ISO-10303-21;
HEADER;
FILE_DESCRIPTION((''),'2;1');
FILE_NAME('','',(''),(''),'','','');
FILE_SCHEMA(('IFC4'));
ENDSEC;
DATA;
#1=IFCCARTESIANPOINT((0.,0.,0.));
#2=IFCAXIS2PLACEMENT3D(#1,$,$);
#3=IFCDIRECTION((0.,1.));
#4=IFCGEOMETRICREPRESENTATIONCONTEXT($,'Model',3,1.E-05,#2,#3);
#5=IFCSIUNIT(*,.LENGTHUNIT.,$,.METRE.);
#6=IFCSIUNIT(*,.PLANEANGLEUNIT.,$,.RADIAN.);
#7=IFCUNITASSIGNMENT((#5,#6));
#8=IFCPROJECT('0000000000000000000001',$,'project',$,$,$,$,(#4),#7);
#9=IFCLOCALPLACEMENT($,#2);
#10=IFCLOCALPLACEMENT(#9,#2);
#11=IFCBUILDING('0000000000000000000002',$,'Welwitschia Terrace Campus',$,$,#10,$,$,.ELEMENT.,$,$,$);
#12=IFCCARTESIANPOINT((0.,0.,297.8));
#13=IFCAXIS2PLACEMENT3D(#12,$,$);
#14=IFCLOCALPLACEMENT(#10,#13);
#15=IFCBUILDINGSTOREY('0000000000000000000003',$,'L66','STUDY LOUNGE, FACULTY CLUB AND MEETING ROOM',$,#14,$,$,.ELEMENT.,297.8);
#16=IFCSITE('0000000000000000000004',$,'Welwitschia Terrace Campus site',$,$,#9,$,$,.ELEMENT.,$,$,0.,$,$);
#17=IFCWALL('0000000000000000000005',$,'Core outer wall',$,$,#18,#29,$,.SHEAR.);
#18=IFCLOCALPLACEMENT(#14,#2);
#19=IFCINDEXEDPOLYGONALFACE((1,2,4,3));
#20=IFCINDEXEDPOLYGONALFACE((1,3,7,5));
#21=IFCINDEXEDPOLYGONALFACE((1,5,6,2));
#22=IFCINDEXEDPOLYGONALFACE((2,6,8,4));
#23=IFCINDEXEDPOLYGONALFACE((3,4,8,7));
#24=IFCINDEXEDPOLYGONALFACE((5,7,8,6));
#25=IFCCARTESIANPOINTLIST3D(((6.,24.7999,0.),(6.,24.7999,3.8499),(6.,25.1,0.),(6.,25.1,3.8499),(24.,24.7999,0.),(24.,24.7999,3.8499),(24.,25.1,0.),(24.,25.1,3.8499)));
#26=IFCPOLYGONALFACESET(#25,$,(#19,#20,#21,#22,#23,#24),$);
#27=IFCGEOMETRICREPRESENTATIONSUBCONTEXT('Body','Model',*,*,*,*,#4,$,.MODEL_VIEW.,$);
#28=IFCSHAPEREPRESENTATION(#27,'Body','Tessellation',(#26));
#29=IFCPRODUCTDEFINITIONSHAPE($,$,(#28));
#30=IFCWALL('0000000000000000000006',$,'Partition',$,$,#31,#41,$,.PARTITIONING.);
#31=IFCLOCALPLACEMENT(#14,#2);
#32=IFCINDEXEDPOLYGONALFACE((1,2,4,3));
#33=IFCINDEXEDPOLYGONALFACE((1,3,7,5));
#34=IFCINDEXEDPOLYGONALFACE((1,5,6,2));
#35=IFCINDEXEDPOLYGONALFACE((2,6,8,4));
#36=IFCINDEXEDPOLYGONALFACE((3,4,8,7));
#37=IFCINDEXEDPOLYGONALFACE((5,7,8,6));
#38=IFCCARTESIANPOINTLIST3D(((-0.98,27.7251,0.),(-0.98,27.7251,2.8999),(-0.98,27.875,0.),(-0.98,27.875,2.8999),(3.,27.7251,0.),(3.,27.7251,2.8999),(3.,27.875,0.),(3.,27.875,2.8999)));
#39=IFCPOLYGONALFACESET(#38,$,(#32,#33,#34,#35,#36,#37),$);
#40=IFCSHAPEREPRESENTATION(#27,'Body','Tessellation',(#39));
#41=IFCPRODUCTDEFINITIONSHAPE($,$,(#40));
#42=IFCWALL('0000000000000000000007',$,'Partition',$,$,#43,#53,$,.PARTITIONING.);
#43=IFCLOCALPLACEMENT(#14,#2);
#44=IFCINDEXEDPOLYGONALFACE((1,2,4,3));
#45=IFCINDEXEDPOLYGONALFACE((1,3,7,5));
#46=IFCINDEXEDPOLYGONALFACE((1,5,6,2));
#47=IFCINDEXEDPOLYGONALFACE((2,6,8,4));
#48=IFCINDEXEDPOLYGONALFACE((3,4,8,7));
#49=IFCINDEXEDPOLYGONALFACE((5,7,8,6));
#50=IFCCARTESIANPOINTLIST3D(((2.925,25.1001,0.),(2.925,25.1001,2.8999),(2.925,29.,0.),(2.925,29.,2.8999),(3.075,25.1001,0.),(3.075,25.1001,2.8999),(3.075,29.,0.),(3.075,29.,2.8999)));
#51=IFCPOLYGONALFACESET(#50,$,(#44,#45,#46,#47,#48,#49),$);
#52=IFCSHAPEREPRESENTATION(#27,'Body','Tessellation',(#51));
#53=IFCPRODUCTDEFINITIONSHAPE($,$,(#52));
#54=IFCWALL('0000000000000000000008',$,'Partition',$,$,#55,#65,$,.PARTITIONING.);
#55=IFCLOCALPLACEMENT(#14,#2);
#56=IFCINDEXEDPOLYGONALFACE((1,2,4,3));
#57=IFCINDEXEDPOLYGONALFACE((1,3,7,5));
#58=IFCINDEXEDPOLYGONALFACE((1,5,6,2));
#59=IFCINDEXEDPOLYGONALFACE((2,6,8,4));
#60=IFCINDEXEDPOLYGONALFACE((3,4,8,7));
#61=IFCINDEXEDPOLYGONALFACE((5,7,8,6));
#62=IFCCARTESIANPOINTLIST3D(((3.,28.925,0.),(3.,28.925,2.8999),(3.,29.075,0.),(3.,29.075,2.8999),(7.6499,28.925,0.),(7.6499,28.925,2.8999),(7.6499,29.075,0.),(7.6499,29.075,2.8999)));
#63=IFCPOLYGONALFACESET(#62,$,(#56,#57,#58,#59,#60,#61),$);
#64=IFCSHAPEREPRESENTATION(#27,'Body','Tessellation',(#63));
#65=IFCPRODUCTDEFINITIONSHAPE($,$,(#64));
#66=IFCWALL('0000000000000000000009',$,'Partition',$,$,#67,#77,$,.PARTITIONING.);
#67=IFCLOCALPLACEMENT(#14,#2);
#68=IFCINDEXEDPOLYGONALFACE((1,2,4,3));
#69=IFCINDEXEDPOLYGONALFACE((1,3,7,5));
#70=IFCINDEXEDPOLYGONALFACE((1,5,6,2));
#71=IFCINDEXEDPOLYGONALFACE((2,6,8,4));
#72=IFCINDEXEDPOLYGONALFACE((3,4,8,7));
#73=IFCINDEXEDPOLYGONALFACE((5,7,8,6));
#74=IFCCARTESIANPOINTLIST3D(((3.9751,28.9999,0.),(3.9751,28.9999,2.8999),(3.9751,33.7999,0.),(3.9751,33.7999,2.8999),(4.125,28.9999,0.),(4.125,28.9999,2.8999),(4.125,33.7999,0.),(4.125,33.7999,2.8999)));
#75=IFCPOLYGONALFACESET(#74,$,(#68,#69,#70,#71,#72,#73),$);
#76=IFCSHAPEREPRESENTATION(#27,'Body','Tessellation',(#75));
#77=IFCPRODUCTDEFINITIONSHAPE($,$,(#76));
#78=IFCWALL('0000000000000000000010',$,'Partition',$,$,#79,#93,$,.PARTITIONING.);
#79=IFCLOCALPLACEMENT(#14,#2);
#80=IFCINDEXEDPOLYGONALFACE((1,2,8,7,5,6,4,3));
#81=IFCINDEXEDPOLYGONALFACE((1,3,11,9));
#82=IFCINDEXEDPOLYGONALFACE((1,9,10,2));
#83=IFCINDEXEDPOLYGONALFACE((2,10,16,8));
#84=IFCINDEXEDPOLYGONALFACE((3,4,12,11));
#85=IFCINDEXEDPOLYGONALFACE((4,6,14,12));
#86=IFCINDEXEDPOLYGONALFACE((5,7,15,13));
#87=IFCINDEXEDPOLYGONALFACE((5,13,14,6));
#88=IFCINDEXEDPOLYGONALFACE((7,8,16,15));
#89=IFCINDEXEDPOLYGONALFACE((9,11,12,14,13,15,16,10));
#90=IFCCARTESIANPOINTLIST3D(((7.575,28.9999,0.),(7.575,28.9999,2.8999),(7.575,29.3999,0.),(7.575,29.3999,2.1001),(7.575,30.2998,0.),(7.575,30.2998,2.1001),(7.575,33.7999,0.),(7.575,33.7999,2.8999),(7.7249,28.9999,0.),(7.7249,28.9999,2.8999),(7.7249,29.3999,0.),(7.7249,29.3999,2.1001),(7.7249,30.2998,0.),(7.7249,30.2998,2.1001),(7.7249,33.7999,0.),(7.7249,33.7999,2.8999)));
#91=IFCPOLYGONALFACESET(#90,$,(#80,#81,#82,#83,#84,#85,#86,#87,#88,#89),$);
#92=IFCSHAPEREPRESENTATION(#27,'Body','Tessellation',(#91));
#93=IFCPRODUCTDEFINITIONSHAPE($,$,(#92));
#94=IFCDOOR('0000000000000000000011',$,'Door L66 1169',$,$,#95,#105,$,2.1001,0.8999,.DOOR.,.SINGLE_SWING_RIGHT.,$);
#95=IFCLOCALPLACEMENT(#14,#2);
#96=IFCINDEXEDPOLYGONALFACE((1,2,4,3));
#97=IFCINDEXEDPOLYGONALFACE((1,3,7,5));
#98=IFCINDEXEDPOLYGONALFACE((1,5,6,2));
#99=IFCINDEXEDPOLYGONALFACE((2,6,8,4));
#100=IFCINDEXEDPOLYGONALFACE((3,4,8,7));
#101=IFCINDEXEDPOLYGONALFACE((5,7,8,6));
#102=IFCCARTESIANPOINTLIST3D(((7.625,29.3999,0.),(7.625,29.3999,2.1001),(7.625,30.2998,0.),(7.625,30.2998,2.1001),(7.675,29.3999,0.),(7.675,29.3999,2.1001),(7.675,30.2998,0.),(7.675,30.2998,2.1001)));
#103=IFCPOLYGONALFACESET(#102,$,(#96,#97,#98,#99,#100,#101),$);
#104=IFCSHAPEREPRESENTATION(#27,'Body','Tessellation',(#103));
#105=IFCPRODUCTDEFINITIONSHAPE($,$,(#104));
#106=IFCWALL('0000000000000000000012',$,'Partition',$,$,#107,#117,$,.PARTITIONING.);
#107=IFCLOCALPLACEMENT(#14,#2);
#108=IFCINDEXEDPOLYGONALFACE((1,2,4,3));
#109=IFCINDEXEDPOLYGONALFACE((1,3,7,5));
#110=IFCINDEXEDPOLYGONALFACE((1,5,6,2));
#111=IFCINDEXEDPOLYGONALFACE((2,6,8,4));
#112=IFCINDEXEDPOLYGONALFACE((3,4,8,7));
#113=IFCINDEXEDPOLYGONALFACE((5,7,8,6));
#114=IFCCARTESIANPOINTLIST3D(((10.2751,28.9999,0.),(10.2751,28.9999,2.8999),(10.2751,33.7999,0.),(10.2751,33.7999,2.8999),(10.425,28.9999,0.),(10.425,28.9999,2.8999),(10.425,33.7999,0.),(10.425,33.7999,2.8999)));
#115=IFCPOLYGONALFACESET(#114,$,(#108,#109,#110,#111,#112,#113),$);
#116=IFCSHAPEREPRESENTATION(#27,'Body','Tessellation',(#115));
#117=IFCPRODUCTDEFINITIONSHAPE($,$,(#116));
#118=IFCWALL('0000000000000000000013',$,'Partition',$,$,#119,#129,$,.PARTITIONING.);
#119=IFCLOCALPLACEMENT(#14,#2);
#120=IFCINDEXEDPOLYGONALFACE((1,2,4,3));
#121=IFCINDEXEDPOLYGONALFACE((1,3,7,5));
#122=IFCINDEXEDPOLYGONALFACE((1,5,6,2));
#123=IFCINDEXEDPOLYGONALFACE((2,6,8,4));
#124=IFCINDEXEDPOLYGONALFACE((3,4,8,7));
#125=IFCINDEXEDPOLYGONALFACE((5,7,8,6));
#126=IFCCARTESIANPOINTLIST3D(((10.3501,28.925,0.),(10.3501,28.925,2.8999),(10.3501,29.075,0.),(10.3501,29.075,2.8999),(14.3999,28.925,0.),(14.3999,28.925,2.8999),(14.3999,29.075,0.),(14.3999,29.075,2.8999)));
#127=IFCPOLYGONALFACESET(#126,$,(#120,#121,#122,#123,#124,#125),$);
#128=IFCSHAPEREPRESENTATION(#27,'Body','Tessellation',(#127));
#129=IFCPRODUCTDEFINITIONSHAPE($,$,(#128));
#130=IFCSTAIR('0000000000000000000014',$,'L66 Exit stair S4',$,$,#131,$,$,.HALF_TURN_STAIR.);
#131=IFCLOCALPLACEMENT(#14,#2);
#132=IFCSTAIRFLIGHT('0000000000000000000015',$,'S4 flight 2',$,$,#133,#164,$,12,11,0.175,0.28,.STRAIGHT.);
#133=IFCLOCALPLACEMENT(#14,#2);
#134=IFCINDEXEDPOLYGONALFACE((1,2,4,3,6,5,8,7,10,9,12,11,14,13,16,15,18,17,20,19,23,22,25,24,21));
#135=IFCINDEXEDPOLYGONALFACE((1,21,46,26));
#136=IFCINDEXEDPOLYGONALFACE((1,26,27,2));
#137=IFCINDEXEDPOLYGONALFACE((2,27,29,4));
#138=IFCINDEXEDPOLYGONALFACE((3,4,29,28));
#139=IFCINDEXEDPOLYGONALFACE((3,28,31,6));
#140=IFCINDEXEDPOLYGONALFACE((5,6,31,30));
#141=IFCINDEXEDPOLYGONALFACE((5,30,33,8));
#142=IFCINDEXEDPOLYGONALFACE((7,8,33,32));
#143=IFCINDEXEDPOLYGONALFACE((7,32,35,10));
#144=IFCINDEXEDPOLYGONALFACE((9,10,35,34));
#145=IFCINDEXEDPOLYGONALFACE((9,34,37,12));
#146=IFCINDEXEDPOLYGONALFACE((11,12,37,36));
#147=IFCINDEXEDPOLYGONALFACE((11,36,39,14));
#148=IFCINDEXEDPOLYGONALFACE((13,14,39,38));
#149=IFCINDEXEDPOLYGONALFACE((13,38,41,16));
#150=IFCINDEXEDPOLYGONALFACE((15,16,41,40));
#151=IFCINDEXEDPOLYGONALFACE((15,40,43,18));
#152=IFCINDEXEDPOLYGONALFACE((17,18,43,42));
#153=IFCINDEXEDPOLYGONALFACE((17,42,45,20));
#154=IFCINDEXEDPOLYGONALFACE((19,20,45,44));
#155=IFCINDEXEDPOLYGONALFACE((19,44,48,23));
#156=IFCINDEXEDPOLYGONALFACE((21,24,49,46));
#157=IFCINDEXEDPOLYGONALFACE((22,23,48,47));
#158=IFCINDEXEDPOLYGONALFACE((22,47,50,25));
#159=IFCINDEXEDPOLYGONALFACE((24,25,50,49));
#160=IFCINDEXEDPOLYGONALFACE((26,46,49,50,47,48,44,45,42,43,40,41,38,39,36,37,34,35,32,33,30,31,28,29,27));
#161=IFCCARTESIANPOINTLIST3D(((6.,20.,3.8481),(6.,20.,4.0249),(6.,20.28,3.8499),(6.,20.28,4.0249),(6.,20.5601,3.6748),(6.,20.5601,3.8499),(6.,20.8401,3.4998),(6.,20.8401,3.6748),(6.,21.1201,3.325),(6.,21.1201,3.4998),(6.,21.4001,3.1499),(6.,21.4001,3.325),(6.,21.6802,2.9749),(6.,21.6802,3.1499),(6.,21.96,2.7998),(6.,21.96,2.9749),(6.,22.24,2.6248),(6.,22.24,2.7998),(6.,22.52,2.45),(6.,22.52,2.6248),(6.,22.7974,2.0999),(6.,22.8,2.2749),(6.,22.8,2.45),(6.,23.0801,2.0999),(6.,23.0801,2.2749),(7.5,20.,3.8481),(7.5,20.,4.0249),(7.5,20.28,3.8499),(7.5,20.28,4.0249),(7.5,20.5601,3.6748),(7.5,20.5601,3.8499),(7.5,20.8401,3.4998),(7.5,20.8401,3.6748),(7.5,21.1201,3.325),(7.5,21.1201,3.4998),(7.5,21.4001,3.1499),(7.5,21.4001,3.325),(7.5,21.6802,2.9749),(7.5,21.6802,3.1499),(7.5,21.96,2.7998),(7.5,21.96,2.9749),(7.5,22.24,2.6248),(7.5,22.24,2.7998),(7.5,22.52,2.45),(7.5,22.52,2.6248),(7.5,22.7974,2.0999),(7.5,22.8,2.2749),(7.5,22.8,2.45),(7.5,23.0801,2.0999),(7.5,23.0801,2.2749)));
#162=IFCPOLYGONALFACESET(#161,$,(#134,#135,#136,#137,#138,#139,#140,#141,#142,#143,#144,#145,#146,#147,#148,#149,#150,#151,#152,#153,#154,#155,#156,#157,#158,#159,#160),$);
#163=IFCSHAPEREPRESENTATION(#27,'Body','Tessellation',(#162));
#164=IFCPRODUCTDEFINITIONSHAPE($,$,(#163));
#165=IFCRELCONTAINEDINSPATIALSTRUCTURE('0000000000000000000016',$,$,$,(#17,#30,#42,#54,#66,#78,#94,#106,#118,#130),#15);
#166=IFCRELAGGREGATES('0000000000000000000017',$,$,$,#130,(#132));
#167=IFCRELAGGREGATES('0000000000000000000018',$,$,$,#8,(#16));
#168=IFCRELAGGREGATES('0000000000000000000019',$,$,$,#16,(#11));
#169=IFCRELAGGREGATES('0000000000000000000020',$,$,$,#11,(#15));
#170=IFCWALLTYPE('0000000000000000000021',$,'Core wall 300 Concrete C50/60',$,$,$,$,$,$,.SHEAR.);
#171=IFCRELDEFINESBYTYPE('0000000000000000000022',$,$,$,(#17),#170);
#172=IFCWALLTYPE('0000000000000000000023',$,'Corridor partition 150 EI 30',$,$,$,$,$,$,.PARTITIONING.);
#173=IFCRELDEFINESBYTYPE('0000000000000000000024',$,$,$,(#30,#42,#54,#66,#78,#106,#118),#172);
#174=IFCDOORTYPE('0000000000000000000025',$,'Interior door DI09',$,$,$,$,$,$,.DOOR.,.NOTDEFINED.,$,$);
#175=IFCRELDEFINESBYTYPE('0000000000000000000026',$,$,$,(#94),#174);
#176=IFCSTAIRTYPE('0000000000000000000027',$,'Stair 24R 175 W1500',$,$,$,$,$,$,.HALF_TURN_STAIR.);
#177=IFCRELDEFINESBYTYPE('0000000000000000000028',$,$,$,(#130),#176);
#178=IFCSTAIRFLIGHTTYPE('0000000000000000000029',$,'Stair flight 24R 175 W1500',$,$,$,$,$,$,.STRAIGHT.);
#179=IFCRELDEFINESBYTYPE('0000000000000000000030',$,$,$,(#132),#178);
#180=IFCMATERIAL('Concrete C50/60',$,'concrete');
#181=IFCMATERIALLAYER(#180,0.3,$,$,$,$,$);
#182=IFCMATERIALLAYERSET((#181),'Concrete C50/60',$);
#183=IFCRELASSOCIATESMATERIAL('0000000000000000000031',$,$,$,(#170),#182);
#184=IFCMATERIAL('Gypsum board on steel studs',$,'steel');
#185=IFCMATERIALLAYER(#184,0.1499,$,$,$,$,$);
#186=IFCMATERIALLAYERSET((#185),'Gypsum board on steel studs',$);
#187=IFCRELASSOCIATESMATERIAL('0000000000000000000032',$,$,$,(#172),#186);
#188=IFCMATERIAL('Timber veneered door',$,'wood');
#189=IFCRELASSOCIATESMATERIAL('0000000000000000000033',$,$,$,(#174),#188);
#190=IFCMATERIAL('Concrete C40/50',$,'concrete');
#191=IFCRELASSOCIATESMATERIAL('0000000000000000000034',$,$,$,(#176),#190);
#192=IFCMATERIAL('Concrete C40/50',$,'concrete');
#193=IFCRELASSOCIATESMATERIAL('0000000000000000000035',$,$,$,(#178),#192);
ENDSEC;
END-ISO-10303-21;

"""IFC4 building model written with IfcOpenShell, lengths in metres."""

from ifc_helpers import new_model, si_unit, direction, frame, frame_2d, origin, place, context, subcontext, project, spatial, polyline, rectangle, outline, extrude, material, layer, layer_set, type_object, element, fill, aggregate, save


model = new_model("IFC4")

# Units and contexts
model_context = context("Model", 3, precision=1e-05, world=origin(), true_north=direction((0.0, 1.0)))
body_context = subcontext(model_context, "Body", "Model", "MODEL_VIEW")
ifc_project = project(units=[si_unit("LENGTHUNIT", "METRE"), si_unit("PLANEANGLEUNIT", "RADIAN")], contexts=[model_context])

# Site, building, storey
site_placement = place(None, origin())
site = spatial("IfcSite", under=ifc_project, at=site_placement, Name="Welwitschia Terrace Campus site", CompositionType="ELEMENT", RefElevation=0.0)
building_placement = place(site_placement, origin())
building = spatial("IfcBuilding", under=site, at=building_placement, Name="Welwitschia Terrace Campus", CompositionType="ELEMENT")
storey_placement = place(building_placement, frame((0.0, 0.0, 297.8)))
storey = spatial("IfcBuildingStorey", under=building, at=storey_placement, Name="L66", Description="STUDY LOUNGE, FACULTY CLUB AND MEETING ROOM", CompositionType="ELEMENT", Elevation=297.8)

# Walls
ifc_material_1 = material(Name="Concrete C50/60", Category="concrete")
ifc_layer_1 = layer(ifc_material_1, 0.3)
ifc_layer_set_1 = layer_set([ifc_layer_1], Name="Concrete C50/60")
wall_type_1 = type_object("IfcWallType", Name="Core wall 300 Concrete C50/60", PredefinedType="SHEAR", material=ifc_layer_set_1)
wall_1_placement = place(storey_placement, frame((6.0, 24.95, 0.0), z_axis=(0.0, 0.0, 1.0), x_axis=(1.0, 0.0, 0.0)))
element("IfcWall", 1, at=wall_1_placement, inside=storey, type_object=wall_type_1, Name="Core outer wall", PredefinedType="SHEAR", context=body_context, shape_type="SweptSolid", body=[
    extrude(rectangle(XDim=18.0, YDim=0.3, at=frame_2d((9.0, 0.0))), origin(), (0.0, 0.0, 1.0), 3.8499),
])
ifc_material_2 = material(Name="Gypsum board on steel studs", Category="steel")
ifc_layer_2 = layer(ifc_material_2, 0.1499)
ifc_layer_set_2 = layer_set([ifc_layer_2], Name="Gypsum board on steel studs")
wall_type_2 = type_object("IfcWallType", Name="Corridor partition 150 EI 30", PredefinedType="PARTITIONING", material=ifc_layer_set_2)
wall_2_placement = place(storey_placement, frame((-0.98, 27.8, 0.0), z_axis=(0.0, 0.0, 1.0), x_axis=(1.0, 0.0, 0.0)))
element("IfcWall", 2, at=wall_2_placement, inside=storey, type_object=wall_type_2, Name="Partition", PredefinedType="PARTITIONING", context=body_context, shape_type="SweptSolid", body=[
    extrude(rectangle(XDim=3.98, YDim=0.1499, at=frame_2d((1.99, 0.0))), origin(), (0.0, 0.0, 1.0), 2.8999),
])
wall_3_placement = place(storey_placement, frame((3.0, 25.1001, 0.0), z_axis=(0.0, 0.0, 1.0), x_axis=(0.0, 1.0, 0.0)))
element("IfcWall", 3, at=wall_3_placement, inside=storey, type_object=wall_type_2, Name="Partition", PredefinedType="PARTITIONING", context=body_context, shape_type="SweptSolid", body=[
    extrude(rectangle(XDim=3.8999, YDim=0.1499, at=frame_2d((1.95, 0.0))), origin(), (0.0, 0.0, 1.0), 2.8999),
])
wall_4_placement = place(storey_placement, frame((3.0, 29.0, 0.0), z_axis=(0.0, 0.0, 1.0), x_axis=(1.0, 0.0, 0.0)))
element("IfcWall", 4, at=wall_4_placement, inside=storey, type_object=wall_type_2, Name="Partition", PredefinedType="PARTITIONING", context=body_context, shape_type="SweptSolid", body=[
    extrude(rectangle(XDim=4.6499, YDim=0.1499, at=frame_2d((2.325, 0.0))), origin(), (0.0, 0.0, 1.0), 2.8999),
])
wall_5_placement = place(storey_placement, frame((4.05, 29.0, 0.0), z_axis=(0.0, 0.0, 1.0), x_axis=(0.0, 1.0, 0.0)))
element("IfcWall", 5, at=wall_5_placement, inside=storey, type_object=wall_type_2, Name="Partition", PredefinedType="PARTITIONING", context=body_context, shape_type="SweptSolid", body=[
    extrude(rectangle(XDim=4.8, YDim=0.1499, at=frame_2d((2.3999, 0.0))), origin(), (0.0, 0.0, 1.0), 2.8999),
])

# Wall, opening, door
wall_6_placement = place(storey_placement, frame((7.6499, 29.0, 0.0), z_axis=(0.0, 0.0, 1.0), x_axis=(0.0, 1.0, 0.0)))
wall_6 = element("IfcWall", 6, at=wall_6_placement, inside=storey, type_object=wall_type_2, Name="Partition", PredefinedType="PARTITIONING", context=body_context, shape_type="SweptSolid", body=[
    extrude(rectangle(XDim=4.8, YDim=0.1499, at=frame_2d((2.3999, 0.0))), origin(), (0.0, 0.0, 1.0), 2.8999),
])
opening_placement = place(wall_6_placement, frame((0.3999, 0.0, 0.0)))
opening = element("IfcOpeningElement", 7, at=opening_placement, cuts=wall_6, PredefinedType="OPENING", context=body_context, shape_type="SweptSolid", body=[
    extrude(rectangle(XDim=0.8999, YDim=2.1001, at=frame_2d((0.45, 1.05))), frame((0.0, 0.085, 0.0), z_axis=(0.0, -1.0, 0.0), x_axis=(1.0, 0.0, 0.0)), (0.0, 0.0, 1.0), 0.1699),
])
ifc_material_3 = material(Name="Timber veneered door", Category="wood")
door_type = type_object("IfcDoorType", Name="Interior door DI09", OperationType="NOTDEFINED", PredefinedType="DOOR", material=ifc_material_3)
door_placement = place(opening_placement, origin())
door = element("IfcDoor", 8, at=door_placement, inside=storey, type_object=door_type, Name="Door L66 1169", OperationType="SINGLE_SWING_RIGHT", OverallHeight=2.1001, OverallWidth=0.8999, PredefinedType="DOOR", context=body_context, shape_type="SweptSolid", body=[
    extrude(rectangle(XDim=0.8999, YDim=2.1001, at=frame_2d((0.45, 1.05))), frame((0.0, 0.0249, 0.0), z_axis=(0.0, -1.0, 0.0), x_axis=(1.0, 0.0, 0.0)), (0.0, 0.0, 1.0), 0.05),
])
fill(opening, door)

# Walls
wall_7_placement = place(storey_placement, frame((10.3501, 29.0, 0.0), z_axis=(0.0, 0.0, 1.0), x_axis=(0.0, 1.0, 0.0)))
element("IfcWall", 9, at=wall_7_placement, inside=storey, type_object=wall_type_2, Name="Partition", PredefinedType="PARTITIONING", context=body_context, shape_type="SweptSolid", body=[
    extrude(rectangle(XDim=4.8, YDim=0.1499, at=frame_2d((2.3999, 0.0))), origin(), (0.0, 0.0, 1.0), 2.8999),
])
wall_8_placement = place(storey_placement, frame((10.3501, 29.0, 0.0), z_axis=(0.0, 0.0, 1.0), x_axis=(1.0, 0.0, 0.0)))
element("IfcWall", 10, at=wall_8_placement, inside=storey, type_object=wall_type_2, Name="Partition", PredefinedType="PARTITIONING", context=body_context, shape_type="SweptSolid", body=[
    extrude(rectangle(XDim=4.0498, YDim=0.1499, at=frame_2d((2.0249, 0.0))), origin(), (0.0, 0.0, 1.0), 2.8999),
])

# Stair, stair flight
ifc_material_4 = material(Name="Concrete C40/50", Category="concrete")
stair_type = type_object("IfcStairType", Name="Stair 24R 175 W1500", PredefinedType="HALF_TURN_STAIR", material=ifc_material_4)
stair_placement = place(storey_placement, origin())
stair = element("IfcStair", 11, at=stair_placement, inside=storey, type_object=stair_type, Name="L66 Exit stair S4", PredefinedType="HALF_TURN_STAIR")
ifc_material_5 = material(Name="Concrete C40/50", Category="concrete")
stair_flight_type = type_object("IfcStairFlightType", Name="Stair flight 24R 175 W1500", PredefinedType="STRAIGHT", material=ifc_material_5)
stair_flight_placement = place(storey_placement, frame((6.75, 23.0801, 2.0999), z_axis=(0.0, 0.0, 1.0), x_axis=(0.0, -1.0, 0.0)))
stair_flight = element("IfcStairFlight", 12, at=stair_flight_placement, type_object=stair_flight_type, Name="S4 flight 2", NumberOfRisers=12, NumberOfTreads=11, PredefinedType="STRAIGHT", RiserHeight=0.175, TreadLength=0.28, context=body_context, shape_type="SweptSolid", body=[
    extrude(outline(polyline([(0.0, 0.0), (0.0, 0.175), (0.28, 0.175), (0.28, 0.3501), (0.5601, 0.3501), (0.5601, 0.5249), (0.8401, 0.5249), (0.8401, 0.7), (1.1201, 0.7), (1.1201, 0.875), (1.3999, 0.875), (1.3999, 1.05), (1.6799, 1.05), (1.6799, 1.2251), (1.96, 1.2251), (1.96, 1.3999), (2.24, 1.3999), (2.24, 1.575), (2.52, 1.575), (2.52, 1.75), (2.8, 1.75), (2.8, 1.925), (3.0801, 1.925), (3.0801, 2.1001), (3.0801, 1.7483), (0.2827, 0.0), (0.0, 0.0)])), frame((0.0, 0.75, 0.0), z_axis=(0.0, -1.0, 0.0), x_axis=(1.0, 0.0, 0.0)), (0.0, 0.0, 1.0), 1.5),
])
aggregate(stair, [stair_flight])

save(model, "model.ifc")
